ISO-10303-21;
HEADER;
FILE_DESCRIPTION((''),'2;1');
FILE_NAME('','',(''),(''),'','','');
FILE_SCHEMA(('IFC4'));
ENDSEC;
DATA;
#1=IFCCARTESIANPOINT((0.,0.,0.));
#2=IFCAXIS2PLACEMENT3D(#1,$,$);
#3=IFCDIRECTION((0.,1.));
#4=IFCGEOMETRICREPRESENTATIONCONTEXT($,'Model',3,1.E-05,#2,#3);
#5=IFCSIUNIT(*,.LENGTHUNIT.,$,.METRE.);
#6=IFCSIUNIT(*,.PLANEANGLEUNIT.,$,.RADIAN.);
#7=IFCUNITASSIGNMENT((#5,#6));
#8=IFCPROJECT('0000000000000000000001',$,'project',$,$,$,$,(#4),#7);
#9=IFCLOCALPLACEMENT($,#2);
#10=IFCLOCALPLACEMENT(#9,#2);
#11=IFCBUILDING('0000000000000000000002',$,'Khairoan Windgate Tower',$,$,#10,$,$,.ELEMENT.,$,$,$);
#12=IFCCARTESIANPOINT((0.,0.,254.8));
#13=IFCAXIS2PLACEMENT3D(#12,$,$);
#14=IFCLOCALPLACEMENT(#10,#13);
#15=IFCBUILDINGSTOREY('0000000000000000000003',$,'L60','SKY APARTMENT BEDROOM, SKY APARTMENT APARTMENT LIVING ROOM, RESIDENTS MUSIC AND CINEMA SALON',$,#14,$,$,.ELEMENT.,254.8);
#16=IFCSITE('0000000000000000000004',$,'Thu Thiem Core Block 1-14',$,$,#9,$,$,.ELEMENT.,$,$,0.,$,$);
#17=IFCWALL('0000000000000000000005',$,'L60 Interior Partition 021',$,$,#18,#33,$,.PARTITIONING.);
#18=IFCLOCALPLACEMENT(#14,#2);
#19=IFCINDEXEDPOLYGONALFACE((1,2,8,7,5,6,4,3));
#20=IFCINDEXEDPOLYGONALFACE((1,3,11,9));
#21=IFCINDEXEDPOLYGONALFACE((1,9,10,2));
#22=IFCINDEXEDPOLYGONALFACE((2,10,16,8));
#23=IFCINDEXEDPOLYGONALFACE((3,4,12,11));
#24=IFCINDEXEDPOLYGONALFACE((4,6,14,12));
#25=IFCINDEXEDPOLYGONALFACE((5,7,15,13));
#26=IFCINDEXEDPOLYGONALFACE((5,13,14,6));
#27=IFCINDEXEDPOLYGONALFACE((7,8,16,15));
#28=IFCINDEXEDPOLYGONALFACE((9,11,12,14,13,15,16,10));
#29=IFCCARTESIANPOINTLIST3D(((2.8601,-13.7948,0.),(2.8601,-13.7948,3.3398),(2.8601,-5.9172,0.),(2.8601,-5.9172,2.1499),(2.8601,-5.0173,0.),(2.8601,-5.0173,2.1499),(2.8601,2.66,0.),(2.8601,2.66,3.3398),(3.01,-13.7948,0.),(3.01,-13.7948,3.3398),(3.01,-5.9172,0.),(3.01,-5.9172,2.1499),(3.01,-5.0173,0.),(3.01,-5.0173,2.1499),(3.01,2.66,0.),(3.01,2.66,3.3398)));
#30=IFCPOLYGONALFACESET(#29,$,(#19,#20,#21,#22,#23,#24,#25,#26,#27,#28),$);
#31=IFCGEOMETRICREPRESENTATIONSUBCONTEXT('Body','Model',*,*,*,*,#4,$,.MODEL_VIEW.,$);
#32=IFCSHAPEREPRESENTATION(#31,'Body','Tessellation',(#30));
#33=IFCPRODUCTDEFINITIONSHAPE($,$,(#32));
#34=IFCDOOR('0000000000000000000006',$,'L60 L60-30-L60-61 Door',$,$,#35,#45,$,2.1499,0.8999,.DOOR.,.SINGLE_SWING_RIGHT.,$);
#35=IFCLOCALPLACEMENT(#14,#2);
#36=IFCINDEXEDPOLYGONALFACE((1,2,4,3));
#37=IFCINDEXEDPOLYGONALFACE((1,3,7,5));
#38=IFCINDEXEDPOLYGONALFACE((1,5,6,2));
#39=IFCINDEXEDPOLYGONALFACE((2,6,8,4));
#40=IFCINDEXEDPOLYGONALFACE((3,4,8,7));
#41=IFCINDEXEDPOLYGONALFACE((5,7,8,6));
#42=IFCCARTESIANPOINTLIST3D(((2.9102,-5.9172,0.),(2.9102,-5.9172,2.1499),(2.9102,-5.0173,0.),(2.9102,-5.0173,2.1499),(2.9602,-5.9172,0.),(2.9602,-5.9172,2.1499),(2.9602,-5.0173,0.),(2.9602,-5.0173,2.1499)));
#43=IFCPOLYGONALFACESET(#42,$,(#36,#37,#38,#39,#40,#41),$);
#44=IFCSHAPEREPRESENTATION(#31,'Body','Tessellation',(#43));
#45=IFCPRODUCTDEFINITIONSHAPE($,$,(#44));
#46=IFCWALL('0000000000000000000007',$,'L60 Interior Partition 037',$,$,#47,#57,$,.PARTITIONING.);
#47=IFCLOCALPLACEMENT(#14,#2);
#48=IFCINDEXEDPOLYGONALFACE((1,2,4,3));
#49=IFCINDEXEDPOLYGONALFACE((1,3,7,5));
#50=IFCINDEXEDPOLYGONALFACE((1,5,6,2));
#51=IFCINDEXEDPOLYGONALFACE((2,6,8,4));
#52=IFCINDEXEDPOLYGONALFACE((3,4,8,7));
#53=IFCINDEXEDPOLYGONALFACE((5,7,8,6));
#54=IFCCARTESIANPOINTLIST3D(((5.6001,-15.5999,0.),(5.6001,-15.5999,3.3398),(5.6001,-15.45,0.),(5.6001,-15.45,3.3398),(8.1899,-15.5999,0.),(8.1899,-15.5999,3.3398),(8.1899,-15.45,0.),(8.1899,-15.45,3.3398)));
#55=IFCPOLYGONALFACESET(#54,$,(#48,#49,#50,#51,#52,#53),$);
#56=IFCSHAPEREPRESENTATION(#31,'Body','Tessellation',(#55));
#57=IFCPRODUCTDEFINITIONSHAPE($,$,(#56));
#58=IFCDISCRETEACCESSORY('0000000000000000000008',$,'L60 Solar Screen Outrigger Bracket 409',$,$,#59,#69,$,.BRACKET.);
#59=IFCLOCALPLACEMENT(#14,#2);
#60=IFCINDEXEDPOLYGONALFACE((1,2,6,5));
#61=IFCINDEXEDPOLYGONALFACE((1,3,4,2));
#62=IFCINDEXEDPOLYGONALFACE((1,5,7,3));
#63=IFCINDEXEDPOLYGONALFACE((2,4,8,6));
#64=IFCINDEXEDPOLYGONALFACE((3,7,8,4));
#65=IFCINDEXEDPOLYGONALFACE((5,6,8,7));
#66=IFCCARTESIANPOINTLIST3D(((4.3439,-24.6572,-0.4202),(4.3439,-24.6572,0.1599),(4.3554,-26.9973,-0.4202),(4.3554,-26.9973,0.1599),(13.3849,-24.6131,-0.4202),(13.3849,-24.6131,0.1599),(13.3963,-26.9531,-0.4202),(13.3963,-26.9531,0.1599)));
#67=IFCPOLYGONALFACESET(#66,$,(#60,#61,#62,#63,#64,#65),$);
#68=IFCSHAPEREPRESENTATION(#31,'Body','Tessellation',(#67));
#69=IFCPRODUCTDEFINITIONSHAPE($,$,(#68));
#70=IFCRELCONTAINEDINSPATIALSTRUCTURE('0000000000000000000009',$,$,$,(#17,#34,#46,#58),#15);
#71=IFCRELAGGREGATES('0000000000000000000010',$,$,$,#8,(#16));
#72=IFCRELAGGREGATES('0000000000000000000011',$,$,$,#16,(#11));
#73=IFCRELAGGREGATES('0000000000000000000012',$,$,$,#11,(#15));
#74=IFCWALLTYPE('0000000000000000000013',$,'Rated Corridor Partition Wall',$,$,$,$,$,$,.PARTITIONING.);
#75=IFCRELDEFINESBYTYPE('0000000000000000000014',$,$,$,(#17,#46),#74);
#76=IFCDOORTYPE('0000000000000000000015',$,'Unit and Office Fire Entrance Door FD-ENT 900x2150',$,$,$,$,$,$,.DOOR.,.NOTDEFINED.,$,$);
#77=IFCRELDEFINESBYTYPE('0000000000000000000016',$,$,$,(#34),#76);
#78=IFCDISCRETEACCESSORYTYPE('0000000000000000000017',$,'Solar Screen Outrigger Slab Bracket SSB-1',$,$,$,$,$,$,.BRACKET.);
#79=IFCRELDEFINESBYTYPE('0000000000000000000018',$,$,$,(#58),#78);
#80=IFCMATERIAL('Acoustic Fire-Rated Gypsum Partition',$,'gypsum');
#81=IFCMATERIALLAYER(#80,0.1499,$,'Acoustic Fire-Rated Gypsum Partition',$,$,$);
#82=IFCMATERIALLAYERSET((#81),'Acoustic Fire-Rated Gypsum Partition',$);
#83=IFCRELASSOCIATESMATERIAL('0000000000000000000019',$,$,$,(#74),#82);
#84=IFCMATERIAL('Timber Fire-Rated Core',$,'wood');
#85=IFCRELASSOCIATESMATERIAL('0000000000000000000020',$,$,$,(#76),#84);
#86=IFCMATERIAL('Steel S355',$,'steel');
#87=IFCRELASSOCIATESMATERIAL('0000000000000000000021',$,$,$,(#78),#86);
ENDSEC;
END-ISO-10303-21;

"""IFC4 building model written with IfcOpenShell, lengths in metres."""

from ifc_helpers import new_model, si_unit, direction, frame, frame_2d, origin, origin_2d, place, context, subcontext, project, spatial, rectangle, extrude, material, layer, layer_set, type_object, element, fill, save


model = new_model("IFC4")

# Units and contexts
model_context = context("Model", 3, precision=1e-05, world=origin(), true_north=direction((0.0, 1.0)))
body_context = subcontext(model_context, "Body", "Model", "MODEL_VIEW")
ifc_project = project(units=[si_unit("LENGTHUNIT", "METRE"), si_unit("PLANEANGLEUNIT", "RADIAN")], contexts=[model_context])

# Site, building, storey
site_placement = place(None, origin())
site = spatial("IfcSite", under=ifc_project, at=site_placement, Name="Thu Thiem Core Block 1-14", CompositionType="ELEMENT", RefElevation=0.0)
building_placement = place(site_placement, origin())
building = spatial("IfcBuilding", under=site, at=building_placement, Name="Khairoan Windgate Tower", CompositionType="ELEMENT")
storey_placement = place(building_placement, frame((0.0, 0.0, 254.8)))
storey = spatial("IfcBuildingStorey", under=building, at=storey_placement, Name="L60", Description="SKY APARTMENT BEDROOM, SKY APARTMENT APARTMENT LIVING ROOM, RESIDENTS MUSIC AND CINEMA SALON", CompositionType="ELEMENT", Elevation=254.8)

# Wall, opening, door
ifc_material_1 = material(Name="Acoustic Fire-Rated Gypsum Partition", Category="gypsum")
ifc_layer_1 = layer(ifc_material_1, 0.1499, Name="Acoustic Fire-Rated Gypsum Partition")
ifc_layer_set_1 = layer_set([ifc_layer_1], Name="Acoustic Fire-Rated Gypsum Partition")
wall_type_1 = type_object("IfcWallType", Name="Rated Corridor Partition Wall", PredefinedType="PARTITIONING", material=ifc_layer_set_1)
wall_1_placement = place(storey_placement, frame((2.9351, -13.7949, 0.0), z_axis=(0.0, 0.0, 1.0), x_axis=(0.0, 1.0, 0.0)))
wall_1 = element("IfcWall", 1, at=wall_1_placement, inside=storey, type_object=wall_type_1, Name="L60 Interior Partition 021", PredefinedType="PARTITIONING", context=body_context, shape_type="SweptSolid", body=[
    extrude(rectangle(XDim=16.4548, YDim=0.1499, at=frame_2d((8.2275, 0.0))), origin(), (0.0, 0.0, 1.0), 3.3398),
])
opening_1_placement = place(wall_1_placement, frame((7.8777, 0.0, 0.0)))
opening_1 = element("IfcOpeningElement", 2, at=opening_1_placement, cuts=wall_1, PredefinedType="OPENING", context=body_context, shape_type="SweptSolid", body=[
    extrude(rectangle(XDim=0.8999, YDim=2.1499, at=frame_2d((0.45, 1.075))), frame((0.0, 0.085, 0.0), z_axis=(0.0, -1.0, 0.0), x_axis=(1.0, 0.0, 0.0)), (0.0, 0.0, 1.0), 0.1699),
])
ifc_material_2 = material(Name="Timber Fire-Rated Core", Category="wood")
door_type_1 = type_object("IfcDoorType", Name="Unit and Office Fire Entrance Door FD-ENT 900x2150", OperationType="NOTDEFINED", PredefinedType="DOOR", material=ifc_material_2)
door_1_placement = place(opening_1_placement, origin())
door_1 = element("IfcDoor", 3, at=door_1_placement, inside=storey, type_object=door_type_1, Name="L60 L60-30-L60-61 Door", OperationType="SINGLE_SWING_RIGHT", OverallHeight=2.1499, OverallWidth=0.8999, PredefinedType="DOOR", context=body_context, shape_type="SweptSolid", body=[
    extrude(rectangle(XDim=0.8999, YDim=2.1499, at=frame_2d((0.45, 1.075))), frame((0.0, 0.0249, 0.0), z_axis=(0.0, -1.0, 0.0), x_axis=(1.0, 0.0, 0.0)), (0.0, 0.0, 1.0), 0.05),
])
fill(opening_1, door_1)

# Wall
wall_2_placement = place(storey_placement, frame((5.6001, -15.5249, 0.0), z_axis=(0.0, 0.0, 1.0), x_axis=(1.0, 0.0, 0.0)))
element("IfcWall", 4, at=wall_2_placement, inside=storey, type_object=wall_type_1, Name="L60 Interior Partition 037", PredefinedType="PARTITIONING", context=body_context, shape_type="SweptSolid", body=[
    extrude(rectangle(XDim=2.5898, YDim=0.1499, at=frame_2d((1.2949, 0.0))), origin(), (0.0, 0.0, 1.0), 3.3398),
])

# Discrete accessory
ifc_material_3 = material(Name="Steel S355", Category="steel")
discrete_accessory_type = type_object("IfcDiscreteAccessoryType", Name="Solar Screen Outrigger Slab Bracket SSB-1", PredefinedType="BRACKET", material=ifc_material_3)
discrete_accessory_placement = place(storey_placement, frame((8.8701, -25.8052, -0.4202), z_axis=(0.0, 0.0, 1.0), x_axis=(-0.999988, -0.004887, 0.0)))
element("IfcDiscreteAccessory", 5, at=discrete_accessory_placement, inside=storey, type_object=discrete_accessory_type, Name="L60 Solar Screen Outrigger Bracket 409", PredefinedType="BRACKET", context=body_context, shape_type="SweptSolid", body=[
    extrude(rectangle(XDim=9.041, YDim=2.3401, at=origin_2d()), origin(), (0.0, 0.0, 1.0), 0.5801),
])

save(model, "model.ifc")
